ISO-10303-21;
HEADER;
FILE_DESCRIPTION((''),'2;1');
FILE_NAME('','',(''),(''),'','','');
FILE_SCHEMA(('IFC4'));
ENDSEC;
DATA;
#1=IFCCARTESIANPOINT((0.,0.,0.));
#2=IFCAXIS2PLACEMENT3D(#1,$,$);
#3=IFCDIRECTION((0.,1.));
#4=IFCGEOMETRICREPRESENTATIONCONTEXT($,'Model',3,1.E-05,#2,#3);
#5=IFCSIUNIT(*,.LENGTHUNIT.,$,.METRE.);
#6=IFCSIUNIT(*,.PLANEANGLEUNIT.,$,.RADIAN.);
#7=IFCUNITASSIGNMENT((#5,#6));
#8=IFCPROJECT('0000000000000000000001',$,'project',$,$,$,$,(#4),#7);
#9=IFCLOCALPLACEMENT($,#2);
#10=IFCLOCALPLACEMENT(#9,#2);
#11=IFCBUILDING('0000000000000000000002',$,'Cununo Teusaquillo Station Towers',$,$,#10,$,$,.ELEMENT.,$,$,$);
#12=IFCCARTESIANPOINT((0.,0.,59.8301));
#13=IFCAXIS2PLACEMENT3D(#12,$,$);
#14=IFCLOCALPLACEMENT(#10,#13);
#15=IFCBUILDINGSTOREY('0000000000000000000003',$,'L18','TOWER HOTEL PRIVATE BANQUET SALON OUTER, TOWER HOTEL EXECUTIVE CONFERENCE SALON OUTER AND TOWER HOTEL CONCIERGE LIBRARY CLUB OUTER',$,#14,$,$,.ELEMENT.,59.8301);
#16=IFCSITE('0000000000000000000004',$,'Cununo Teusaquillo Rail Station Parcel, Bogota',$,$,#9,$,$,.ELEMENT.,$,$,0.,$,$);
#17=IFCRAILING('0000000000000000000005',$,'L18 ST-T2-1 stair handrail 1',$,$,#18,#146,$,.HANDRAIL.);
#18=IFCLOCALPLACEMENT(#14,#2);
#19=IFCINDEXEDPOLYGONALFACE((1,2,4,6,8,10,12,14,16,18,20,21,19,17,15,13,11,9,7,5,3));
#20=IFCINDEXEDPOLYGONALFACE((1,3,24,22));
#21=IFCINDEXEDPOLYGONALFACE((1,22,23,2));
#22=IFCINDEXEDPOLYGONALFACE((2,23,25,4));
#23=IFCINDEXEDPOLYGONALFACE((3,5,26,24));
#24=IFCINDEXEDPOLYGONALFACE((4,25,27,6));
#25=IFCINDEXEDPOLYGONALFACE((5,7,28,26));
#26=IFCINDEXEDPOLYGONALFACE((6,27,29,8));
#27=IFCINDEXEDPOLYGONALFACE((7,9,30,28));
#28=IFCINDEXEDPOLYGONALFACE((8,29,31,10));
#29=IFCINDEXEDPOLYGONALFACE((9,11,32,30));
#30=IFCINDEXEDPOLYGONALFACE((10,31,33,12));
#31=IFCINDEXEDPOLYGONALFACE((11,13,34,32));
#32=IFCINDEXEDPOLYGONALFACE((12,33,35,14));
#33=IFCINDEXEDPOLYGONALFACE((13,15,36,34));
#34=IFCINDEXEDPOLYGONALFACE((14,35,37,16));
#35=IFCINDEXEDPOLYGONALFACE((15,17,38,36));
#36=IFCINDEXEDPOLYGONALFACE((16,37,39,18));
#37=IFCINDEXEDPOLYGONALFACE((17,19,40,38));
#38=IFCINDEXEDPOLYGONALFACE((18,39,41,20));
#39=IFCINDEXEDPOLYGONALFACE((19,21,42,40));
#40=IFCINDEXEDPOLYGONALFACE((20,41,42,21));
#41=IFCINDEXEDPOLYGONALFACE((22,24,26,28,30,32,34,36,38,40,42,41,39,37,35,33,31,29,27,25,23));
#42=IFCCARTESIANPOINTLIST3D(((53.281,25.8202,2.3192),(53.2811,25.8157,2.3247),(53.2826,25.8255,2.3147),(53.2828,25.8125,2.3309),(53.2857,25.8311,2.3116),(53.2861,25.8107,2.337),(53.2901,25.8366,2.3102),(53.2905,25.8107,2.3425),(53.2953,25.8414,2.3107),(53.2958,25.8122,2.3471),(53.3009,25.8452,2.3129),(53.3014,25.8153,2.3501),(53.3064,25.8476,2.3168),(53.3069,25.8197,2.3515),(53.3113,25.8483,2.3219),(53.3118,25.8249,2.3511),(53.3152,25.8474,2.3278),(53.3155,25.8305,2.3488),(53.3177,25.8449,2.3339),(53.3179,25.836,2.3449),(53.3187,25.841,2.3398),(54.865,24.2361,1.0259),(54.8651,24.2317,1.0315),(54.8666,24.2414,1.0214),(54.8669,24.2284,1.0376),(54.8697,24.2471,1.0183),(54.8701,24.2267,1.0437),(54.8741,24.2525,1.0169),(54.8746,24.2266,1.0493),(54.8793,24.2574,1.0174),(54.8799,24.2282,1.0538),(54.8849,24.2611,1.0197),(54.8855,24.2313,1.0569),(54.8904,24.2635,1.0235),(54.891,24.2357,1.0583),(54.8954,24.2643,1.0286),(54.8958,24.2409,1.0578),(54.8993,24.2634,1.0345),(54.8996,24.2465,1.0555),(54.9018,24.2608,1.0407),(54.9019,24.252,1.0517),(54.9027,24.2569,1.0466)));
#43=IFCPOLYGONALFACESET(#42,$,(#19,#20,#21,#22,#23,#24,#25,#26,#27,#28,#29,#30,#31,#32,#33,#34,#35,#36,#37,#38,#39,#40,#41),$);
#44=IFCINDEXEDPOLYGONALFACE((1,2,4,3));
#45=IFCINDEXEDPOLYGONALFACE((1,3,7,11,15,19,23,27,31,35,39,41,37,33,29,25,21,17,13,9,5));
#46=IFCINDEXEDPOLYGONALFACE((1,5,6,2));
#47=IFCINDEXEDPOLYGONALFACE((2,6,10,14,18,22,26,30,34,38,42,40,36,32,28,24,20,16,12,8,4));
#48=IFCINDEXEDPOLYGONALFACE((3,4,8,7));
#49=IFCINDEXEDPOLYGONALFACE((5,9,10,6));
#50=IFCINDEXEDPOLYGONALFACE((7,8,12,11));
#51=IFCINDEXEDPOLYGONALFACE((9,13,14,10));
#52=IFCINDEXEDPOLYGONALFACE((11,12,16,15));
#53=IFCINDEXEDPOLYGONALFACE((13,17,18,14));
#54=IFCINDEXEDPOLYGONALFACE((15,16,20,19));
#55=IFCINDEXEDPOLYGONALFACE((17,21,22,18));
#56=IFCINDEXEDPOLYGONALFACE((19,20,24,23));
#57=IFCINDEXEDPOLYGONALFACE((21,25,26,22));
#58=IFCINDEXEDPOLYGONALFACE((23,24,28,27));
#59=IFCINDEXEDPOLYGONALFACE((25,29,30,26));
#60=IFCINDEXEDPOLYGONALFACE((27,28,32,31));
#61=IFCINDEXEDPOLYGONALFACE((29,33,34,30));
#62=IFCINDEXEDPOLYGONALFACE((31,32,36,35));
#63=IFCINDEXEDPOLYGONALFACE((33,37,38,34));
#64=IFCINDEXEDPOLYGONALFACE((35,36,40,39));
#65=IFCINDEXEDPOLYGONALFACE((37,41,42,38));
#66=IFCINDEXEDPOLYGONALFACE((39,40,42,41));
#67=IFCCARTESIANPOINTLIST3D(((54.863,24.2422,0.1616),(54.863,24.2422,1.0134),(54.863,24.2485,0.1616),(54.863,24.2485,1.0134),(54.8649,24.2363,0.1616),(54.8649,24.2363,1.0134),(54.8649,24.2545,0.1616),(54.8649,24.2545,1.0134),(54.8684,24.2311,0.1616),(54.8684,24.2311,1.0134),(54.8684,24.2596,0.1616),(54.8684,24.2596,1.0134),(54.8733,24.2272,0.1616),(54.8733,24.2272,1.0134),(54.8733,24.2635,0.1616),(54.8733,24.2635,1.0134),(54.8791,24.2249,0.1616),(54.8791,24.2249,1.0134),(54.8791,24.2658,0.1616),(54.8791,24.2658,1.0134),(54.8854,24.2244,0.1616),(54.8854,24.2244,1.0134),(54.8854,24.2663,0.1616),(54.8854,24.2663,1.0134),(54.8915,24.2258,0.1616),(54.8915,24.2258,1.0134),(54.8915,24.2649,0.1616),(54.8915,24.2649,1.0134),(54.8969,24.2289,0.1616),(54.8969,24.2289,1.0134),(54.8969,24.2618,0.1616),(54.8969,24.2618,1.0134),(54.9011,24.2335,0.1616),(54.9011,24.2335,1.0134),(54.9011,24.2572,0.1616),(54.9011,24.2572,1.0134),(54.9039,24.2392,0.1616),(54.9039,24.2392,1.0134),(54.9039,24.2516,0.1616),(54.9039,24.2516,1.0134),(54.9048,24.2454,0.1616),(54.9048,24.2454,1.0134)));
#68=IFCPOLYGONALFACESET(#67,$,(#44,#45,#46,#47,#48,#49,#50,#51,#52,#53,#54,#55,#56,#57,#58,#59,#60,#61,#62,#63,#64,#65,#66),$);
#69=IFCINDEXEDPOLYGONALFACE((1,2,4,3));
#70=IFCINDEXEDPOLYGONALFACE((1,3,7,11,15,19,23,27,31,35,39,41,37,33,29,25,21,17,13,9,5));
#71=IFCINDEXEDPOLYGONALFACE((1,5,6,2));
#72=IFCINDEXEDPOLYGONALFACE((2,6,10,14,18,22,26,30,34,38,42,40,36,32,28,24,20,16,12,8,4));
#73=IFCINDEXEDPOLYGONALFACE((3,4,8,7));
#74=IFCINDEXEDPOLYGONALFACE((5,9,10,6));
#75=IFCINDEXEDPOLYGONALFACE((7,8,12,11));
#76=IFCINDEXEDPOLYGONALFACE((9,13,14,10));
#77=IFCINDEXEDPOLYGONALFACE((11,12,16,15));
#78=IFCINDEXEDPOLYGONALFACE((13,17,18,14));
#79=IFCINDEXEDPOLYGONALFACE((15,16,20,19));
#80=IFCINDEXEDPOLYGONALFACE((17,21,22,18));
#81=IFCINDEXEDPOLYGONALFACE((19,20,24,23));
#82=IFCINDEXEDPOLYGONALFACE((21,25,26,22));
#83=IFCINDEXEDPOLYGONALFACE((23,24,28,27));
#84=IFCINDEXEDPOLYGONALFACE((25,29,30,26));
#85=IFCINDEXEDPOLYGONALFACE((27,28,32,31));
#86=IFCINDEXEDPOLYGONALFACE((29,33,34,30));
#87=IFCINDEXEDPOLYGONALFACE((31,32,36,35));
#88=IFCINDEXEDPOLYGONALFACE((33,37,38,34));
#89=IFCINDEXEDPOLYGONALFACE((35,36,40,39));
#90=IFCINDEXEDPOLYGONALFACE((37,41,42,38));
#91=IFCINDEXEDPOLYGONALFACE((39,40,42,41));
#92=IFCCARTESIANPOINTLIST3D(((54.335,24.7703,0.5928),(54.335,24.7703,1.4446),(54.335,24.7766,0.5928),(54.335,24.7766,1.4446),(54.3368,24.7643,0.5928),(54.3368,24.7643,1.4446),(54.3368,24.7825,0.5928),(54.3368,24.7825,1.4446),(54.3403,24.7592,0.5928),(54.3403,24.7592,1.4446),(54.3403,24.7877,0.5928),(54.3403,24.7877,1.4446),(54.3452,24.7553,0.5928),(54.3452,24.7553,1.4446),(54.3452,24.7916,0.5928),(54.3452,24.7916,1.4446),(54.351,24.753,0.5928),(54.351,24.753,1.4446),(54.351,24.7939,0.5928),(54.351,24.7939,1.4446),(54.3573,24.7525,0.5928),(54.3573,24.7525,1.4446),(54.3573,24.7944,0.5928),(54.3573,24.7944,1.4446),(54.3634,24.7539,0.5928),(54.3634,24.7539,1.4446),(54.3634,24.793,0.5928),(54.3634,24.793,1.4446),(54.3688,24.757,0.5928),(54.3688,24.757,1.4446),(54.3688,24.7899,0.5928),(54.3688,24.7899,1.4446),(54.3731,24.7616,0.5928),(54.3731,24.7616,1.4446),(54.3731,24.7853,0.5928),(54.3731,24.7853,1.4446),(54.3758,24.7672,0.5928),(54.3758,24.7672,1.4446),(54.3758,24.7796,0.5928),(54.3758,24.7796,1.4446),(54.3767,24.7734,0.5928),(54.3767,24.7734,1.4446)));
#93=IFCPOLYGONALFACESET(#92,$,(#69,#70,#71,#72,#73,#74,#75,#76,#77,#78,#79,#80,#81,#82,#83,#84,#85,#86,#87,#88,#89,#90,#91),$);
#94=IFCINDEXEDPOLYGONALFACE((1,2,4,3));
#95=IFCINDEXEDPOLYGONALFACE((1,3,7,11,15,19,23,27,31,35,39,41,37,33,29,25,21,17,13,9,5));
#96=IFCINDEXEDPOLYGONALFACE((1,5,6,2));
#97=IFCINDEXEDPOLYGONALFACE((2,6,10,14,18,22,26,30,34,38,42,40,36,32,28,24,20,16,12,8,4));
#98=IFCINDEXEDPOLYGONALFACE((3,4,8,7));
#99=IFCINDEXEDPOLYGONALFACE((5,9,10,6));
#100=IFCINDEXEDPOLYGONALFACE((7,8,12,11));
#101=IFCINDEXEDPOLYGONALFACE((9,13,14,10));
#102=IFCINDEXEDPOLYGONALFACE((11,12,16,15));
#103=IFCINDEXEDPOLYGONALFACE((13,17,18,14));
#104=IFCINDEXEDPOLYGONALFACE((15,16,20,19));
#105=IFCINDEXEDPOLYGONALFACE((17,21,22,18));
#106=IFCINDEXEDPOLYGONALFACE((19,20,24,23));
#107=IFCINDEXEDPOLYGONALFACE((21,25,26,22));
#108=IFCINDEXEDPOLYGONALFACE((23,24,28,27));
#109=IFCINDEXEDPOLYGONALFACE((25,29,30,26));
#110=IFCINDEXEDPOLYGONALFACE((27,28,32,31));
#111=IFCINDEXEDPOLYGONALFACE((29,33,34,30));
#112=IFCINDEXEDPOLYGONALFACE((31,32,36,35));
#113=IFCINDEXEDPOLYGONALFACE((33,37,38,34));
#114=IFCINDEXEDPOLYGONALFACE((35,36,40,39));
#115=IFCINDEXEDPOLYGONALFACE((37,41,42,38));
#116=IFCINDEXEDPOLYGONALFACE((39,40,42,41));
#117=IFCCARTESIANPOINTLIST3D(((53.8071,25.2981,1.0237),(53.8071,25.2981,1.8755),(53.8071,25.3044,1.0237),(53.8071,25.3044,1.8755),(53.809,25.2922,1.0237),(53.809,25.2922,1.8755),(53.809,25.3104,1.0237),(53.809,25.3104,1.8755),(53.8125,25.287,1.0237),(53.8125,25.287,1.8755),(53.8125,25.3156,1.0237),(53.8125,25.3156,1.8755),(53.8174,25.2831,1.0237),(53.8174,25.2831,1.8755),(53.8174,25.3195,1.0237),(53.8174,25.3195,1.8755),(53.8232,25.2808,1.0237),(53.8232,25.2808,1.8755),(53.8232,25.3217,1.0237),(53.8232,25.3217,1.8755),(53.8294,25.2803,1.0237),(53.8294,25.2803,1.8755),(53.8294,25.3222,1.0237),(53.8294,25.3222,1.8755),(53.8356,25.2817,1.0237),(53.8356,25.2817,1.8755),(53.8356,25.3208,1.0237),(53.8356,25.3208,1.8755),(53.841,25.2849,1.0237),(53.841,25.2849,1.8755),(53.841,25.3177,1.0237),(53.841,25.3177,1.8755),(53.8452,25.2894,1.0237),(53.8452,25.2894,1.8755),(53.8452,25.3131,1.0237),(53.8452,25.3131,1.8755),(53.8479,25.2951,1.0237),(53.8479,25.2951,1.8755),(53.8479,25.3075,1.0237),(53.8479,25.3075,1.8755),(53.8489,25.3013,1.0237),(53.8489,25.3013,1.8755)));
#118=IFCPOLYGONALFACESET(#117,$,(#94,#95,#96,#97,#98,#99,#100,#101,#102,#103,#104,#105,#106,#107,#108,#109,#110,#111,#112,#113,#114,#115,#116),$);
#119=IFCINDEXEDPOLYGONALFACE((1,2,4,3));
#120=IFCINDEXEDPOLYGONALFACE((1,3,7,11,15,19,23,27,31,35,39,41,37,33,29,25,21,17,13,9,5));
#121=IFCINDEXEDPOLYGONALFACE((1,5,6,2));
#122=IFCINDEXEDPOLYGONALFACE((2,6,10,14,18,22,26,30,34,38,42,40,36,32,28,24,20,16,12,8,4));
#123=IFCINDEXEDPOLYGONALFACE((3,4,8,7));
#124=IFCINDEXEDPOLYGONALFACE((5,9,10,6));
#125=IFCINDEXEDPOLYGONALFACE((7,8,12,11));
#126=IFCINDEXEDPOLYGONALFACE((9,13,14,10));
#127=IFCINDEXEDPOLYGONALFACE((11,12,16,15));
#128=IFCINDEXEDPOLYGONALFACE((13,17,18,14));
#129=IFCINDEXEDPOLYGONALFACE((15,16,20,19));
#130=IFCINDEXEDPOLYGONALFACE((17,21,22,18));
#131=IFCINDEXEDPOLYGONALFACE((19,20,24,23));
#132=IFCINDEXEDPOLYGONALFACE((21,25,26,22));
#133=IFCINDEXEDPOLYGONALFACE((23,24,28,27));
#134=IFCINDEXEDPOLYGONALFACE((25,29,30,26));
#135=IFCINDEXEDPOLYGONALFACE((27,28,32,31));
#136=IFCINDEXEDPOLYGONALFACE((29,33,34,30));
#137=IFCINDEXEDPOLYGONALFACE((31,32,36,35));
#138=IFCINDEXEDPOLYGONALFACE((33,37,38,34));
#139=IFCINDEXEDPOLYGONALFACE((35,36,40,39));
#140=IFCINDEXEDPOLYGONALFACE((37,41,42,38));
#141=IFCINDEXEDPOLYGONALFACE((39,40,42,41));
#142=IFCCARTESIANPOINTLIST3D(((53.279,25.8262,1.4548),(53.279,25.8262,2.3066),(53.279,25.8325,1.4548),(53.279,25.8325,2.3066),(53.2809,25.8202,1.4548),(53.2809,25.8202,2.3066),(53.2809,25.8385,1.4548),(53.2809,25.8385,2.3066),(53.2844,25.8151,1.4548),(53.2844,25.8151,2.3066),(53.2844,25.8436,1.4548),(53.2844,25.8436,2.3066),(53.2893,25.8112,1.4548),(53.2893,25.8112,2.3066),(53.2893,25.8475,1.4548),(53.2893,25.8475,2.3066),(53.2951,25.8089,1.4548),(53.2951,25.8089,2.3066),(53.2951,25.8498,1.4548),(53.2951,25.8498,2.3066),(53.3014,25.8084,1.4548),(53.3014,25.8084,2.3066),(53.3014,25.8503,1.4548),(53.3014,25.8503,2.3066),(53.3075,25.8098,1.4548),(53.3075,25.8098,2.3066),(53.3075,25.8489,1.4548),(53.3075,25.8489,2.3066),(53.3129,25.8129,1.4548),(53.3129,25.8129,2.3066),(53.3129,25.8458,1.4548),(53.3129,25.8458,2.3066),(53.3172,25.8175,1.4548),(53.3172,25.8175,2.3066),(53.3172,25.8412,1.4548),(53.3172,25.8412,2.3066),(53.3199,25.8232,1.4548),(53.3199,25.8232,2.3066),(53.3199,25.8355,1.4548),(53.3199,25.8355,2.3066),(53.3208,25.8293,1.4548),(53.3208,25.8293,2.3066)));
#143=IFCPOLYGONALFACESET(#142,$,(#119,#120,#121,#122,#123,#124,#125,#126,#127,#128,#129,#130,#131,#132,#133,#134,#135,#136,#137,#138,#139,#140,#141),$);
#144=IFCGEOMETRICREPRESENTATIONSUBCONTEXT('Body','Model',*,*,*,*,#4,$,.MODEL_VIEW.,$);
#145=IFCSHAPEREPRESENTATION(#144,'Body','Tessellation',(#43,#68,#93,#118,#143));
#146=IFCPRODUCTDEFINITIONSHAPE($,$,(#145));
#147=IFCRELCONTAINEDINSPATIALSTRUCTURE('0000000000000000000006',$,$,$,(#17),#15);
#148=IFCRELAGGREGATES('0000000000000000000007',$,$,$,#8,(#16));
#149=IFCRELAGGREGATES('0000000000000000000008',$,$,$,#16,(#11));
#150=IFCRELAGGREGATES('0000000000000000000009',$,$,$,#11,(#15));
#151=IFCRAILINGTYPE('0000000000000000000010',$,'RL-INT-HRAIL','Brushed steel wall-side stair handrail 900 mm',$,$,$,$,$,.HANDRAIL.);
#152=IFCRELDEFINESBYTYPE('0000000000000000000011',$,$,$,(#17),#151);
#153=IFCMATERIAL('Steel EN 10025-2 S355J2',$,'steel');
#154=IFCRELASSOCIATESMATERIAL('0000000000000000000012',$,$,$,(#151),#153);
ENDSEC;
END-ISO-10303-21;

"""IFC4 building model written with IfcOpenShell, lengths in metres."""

from ifc_helpers import new_model, si_unit, direction, frame, origin, origin_2d, place, context, subcontext, project, spatial, circle, extrude, material, type_object, element, save


model = new_model("IFC4")

# Units and contexts
model_context = context("Model", 3, precision=1e-05, world=origin(), true_north=direction((0.0, 1.0)))
body_context = subcontext(model_context, "Body", "Model", "MODEL_VIEW")
ifc_project = project(units=[si_unit("LENGTHUNIT", "METRE"), si_unit("PLANEANGLEUNIT", "RADIAN")], contexts=[model_context])

# Site, building, storey
site_placement = place(None, origin())
site = spatial("IfcSite", under=ifc_project, at=site_placement, Name="Cununo Teusaquillo Rail Station Parcel, Bogota", CompositionType="ELEMENT", RefElevation=0.0)
building_placement = place(site_placement, origin())
building = spatial("IfcBuilding", under=site, at=building_placement, Name="Cununo Teusaquillo Station Towers", CompositionType="ELEMENT")
storey_placement = place(building_placement, frame((0.0, 0.0, 59.8301)))
storey = spatial("IfcBuildingStorey", under=building, at=storey_placement, Name="L18", Description="TOWER HOTEL PRIVATE BANQUET SALON OUTER, TOWER HOTEL EXECUTIVE CONFERENCE SALON OUTER AND TOWER HOTEL CONCIERGE LIBRARY CLUB OUTER", CompositionType="ELEMENT", Elevation=59.8301)

# Railing
ifc_material_1 = material(Name="Steel EN 10025-2 S355J2", Category="steel")
railing_type_1 = type_object("IfcRailingType", Name="RL-INT-HRAIL", Description="Brushed steel wall-side stair handrail 900 mm", PredefinedType="HANDRAIL", material=ifc_material_1)
railing_1_placement = place(storey_placement, frame((54.8838, 24.2454, 0.1616)))
element("IfcRailing", 1, at=railing_1_placement, inside=storey, type_object=railing_type_1, Name="L18 ST-T2-1 stair handrail 1", PredefinedType="HANDRAIL", context=body_context, shape_type="SweptSolid", body=[
    extrude(circle(Radius=0.0239, at=origin_2d()), frame((0.0, 0.0, 0.876), z_axis=(-0.612385, 0.612385, 0.49997), x_axis=(-0.707107, -0.707107, 0.0)), (0.0, 0.0, 1.0), 2.5867),
    extrude(circle(Radius=0.021, at=origin_2d()), origin(), (0.0, 0.0, 1.0), 0.8518),
    extrude(circle(Radius=0.021, at=origin_2d()), frame((-0.5281, 0.5281, 0.4312)), (0.0, 0.0, 1.0), 0.8518),
    extrude(circle(Radius=0.021, at=origin_2d()), frame((-1.0559, 1.0559, 0.8621)), (0.0, 0.0, 1.0), 0.8518),
    extrude(circle(Radius=0.021, at=origin_2d()), frame((-1.584, 1.584, 1.2932)), (0.0, 0.0, 1.0), 0.8518),
])

save(model, "model.ifc")
